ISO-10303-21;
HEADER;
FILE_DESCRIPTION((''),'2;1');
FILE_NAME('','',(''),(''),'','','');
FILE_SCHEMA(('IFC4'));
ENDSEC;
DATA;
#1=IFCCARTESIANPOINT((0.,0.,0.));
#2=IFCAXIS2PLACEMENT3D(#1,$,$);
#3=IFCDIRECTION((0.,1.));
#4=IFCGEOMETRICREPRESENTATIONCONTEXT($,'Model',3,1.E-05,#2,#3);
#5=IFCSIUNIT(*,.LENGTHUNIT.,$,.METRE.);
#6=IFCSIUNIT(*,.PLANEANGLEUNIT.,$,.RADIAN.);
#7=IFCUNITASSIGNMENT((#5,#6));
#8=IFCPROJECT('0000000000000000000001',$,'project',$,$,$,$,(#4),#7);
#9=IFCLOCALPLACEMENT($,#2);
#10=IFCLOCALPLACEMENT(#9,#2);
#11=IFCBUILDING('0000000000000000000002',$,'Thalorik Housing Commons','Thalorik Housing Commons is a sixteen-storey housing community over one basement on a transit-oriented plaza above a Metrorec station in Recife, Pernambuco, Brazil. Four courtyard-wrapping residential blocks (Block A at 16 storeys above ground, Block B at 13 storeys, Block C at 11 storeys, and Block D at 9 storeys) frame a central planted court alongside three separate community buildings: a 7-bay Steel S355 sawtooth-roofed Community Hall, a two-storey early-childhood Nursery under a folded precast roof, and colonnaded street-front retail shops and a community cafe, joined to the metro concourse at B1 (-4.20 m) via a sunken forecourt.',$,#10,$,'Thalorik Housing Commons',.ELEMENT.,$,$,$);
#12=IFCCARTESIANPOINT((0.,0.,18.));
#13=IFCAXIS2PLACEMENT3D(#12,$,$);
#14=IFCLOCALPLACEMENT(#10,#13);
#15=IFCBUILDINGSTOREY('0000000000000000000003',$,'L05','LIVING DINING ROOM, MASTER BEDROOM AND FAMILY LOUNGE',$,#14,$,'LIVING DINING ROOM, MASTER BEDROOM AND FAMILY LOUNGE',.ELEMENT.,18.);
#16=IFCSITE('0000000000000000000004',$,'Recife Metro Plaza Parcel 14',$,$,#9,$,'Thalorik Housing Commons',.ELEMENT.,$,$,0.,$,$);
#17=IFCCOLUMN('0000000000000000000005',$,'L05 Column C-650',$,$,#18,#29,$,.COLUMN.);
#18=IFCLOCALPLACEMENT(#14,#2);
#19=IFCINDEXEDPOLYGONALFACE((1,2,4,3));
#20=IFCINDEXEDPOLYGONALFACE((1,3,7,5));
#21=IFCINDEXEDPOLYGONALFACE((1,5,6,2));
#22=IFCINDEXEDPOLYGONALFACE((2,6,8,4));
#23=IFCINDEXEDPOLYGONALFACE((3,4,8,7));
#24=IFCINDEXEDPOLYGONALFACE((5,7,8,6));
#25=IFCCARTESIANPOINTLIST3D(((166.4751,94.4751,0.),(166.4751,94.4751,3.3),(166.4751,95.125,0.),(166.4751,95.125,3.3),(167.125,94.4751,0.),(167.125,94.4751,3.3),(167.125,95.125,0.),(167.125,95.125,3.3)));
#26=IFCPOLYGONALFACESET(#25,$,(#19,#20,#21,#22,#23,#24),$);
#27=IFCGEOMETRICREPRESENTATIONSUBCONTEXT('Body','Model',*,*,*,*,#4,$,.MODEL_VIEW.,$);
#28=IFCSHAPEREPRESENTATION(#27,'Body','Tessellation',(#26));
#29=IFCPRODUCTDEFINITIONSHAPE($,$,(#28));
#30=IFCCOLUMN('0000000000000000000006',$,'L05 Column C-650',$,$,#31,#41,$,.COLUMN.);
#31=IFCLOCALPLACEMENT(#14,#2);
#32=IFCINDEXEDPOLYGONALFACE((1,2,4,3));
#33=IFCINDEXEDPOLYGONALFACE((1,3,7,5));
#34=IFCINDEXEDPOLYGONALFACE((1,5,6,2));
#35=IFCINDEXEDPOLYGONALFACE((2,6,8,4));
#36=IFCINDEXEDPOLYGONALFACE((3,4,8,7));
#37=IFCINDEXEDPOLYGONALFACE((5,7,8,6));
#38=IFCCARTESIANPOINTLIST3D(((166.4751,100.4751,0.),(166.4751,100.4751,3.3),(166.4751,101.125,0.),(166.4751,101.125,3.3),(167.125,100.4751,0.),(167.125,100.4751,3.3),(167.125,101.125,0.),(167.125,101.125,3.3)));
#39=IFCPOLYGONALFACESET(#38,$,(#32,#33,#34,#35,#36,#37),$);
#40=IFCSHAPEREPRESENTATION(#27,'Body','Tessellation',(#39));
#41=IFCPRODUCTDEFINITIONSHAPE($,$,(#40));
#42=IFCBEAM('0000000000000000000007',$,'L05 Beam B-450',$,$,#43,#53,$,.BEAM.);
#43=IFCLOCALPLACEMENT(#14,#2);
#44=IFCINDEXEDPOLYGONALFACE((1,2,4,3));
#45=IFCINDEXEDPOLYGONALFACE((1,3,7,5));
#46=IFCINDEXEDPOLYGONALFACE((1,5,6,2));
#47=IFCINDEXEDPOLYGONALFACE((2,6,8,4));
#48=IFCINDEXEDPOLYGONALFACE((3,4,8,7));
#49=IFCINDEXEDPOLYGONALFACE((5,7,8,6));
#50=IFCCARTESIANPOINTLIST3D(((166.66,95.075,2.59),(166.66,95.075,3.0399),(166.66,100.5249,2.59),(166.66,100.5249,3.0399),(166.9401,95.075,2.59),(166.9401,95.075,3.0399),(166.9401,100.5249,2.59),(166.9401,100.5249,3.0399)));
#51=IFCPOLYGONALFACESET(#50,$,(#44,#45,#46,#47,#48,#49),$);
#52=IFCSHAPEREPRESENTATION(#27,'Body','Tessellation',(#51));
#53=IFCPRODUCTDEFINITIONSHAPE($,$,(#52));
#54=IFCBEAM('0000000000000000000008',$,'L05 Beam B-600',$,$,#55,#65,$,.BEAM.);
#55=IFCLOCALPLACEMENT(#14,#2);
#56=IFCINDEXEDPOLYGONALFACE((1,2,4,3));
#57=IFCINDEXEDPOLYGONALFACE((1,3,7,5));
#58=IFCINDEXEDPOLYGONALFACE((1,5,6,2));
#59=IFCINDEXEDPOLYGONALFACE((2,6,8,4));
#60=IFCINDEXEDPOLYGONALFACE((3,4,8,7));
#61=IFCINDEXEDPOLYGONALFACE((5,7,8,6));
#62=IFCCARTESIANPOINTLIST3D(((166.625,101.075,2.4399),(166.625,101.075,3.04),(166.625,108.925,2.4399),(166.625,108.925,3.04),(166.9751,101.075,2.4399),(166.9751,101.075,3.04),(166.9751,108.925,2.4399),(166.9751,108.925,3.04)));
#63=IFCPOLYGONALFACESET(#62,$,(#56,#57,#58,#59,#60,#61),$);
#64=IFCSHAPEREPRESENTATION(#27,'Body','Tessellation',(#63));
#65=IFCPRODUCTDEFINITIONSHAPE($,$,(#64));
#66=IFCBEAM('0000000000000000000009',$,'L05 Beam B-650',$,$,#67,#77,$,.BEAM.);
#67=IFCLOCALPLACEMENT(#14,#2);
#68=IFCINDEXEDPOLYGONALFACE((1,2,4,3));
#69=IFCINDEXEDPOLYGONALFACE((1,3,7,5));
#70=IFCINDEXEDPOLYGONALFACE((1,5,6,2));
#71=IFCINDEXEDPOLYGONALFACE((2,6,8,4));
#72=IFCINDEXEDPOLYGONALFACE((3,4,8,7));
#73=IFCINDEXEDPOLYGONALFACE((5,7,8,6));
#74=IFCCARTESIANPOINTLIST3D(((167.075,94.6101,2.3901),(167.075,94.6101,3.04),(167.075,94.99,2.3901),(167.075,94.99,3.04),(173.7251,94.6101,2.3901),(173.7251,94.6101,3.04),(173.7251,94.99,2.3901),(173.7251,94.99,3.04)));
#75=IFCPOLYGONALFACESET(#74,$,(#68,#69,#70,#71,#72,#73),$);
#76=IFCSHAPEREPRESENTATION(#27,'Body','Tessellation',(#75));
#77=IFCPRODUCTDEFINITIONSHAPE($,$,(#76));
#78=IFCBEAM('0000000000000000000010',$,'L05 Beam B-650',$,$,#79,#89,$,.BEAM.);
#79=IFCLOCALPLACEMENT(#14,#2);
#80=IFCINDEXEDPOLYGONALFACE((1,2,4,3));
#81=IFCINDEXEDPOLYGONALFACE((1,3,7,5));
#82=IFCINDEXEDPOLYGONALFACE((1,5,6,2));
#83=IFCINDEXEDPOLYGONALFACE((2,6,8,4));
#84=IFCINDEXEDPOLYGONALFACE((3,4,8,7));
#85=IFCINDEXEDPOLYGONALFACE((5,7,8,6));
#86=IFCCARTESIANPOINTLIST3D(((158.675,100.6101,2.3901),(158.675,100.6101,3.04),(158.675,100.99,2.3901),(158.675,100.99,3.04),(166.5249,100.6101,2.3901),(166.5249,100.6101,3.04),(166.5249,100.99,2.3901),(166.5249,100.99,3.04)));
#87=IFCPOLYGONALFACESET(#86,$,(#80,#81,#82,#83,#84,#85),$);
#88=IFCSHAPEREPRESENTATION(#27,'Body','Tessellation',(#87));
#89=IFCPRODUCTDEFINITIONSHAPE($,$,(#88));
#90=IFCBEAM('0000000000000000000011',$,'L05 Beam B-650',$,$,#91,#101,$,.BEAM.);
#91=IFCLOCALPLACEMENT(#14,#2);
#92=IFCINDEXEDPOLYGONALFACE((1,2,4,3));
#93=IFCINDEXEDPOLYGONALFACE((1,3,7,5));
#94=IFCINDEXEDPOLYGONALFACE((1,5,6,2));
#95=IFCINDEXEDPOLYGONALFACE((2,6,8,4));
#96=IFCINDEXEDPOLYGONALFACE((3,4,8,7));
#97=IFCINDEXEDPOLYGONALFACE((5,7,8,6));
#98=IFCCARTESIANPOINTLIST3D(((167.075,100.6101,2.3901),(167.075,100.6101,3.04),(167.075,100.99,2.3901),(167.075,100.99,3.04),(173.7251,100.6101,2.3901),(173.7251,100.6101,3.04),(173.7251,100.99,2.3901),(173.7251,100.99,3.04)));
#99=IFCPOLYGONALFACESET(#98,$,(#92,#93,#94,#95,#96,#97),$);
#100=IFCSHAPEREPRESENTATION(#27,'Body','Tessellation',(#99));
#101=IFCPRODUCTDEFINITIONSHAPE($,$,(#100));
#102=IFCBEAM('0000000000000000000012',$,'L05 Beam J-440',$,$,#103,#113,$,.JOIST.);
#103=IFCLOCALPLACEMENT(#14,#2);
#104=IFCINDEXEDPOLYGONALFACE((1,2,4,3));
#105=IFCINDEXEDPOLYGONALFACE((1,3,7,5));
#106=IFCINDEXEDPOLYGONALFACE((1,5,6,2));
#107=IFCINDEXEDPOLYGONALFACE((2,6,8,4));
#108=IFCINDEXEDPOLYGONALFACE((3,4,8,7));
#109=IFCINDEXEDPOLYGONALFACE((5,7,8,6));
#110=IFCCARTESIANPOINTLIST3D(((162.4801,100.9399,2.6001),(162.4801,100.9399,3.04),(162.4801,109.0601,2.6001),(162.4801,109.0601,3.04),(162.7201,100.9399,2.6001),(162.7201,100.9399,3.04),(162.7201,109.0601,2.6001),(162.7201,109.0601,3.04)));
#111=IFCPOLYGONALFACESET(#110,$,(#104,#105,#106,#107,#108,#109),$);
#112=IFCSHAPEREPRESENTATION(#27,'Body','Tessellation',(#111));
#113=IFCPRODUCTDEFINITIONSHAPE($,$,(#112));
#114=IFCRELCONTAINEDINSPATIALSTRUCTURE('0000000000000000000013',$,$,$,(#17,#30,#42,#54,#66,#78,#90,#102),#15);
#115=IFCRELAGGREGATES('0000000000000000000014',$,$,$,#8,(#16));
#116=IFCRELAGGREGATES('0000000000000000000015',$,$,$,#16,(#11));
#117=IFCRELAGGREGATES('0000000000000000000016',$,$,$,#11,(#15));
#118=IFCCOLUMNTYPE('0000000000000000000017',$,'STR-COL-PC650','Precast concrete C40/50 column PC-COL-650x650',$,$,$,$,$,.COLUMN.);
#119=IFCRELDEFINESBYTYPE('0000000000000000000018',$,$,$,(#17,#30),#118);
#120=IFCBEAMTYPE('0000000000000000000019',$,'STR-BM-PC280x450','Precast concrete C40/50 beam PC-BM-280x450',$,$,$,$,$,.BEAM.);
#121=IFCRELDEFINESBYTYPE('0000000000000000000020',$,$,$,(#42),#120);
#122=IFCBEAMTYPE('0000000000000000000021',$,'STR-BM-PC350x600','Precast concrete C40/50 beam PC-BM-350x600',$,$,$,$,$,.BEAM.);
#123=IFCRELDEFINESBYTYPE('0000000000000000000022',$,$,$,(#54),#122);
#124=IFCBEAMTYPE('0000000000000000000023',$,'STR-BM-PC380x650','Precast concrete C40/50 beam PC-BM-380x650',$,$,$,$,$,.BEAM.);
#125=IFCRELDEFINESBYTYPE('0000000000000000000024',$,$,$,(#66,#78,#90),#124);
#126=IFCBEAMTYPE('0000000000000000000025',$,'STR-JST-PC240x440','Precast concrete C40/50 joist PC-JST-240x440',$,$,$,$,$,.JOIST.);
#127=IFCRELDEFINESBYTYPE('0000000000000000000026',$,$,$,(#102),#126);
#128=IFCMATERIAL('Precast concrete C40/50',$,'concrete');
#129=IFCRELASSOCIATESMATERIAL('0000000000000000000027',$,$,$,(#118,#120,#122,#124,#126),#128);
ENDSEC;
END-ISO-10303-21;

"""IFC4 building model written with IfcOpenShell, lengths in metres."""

from ifc_helpers import new_model, si_unit, direction, frame, origin, origin_2d, place, context, subcontext, project, spatial, rectangle, extrude, material, material_profile, profile_set, type_object, element, save


model = new_model("IFC4")

# Units and contexts
model_context = context("Model", 3, precision=1e-05, world=origin(), true_north=direction((0.0, 1.0)))
body_context = subcontext(model_context, "Body", "Model", "MODEL_VIEW")
ifc_project = project(units=[si_unit("LENGTHUNIT", "METRE"), si_unit("PLANEANGLEUNIT", "RADIAN")], contexts=[model_context])

# Site, building, storey
site_placement = place(None, origin())
site = spatial("IfcSite", under=ifc_project, at=site_placement, Name="Recife Metro Plaza Parcel 14", LongName="Thalorik Housing Commons", CompositionType="ELEMENT", RefElevation=0.0)
building_placement = place(site_placement, origin())
building = spatial("IfcBuilding", under=site, at=building_placement, Name="Thalorik Housing Commons", Description="Thalorik Housing Commons is a sixteen-storey housing community over one basement on a transit-oriented plaza above a Metrorec station in Recife, Pernambuco, Brazil. Four courtyard-wrapping residential blocks (Block A at 16 storeys above ground, Block B at 13 storeys, Block C at 11 storeys, and Block D at 9 storeys) frame a central planted court alongside three separate community buildings: a 7-bay Steel S355 sawtooth-roofed Community Hall, a two-storey early-childhood Nursery under a folded precast roof, and colonnaded street-front retail shops and a community cafe, joined to the metro concourse at B1 (-4.20 m) via a sunken forecourt.", LongName="Thalorik Housing Commons", CompositionType="ELEMENT")
storey_placement = place(building_placement, frame((0.0, 0.0, 18.0)))
storey = spatial("IfcBuildingStorey", under=building, at=storey_placement, Name="L05", Description="LIVING DINING ROOM, MASTER BEDROOM AND FAMILY LOUNGE", LongName="LIVING DINING ROOM, MASTER BEDROOM AND FAMILY LOUNGE", CompositionType="ELEMENT", Elevation=18.0)

# Columns
ifc_material_1 = material(Name="Precast concrete C40/50", Category="concrete")
ifc_material_profile_1 = material_profile(ifc_material_1, rectangle(XDim=0.6499, YDim=0.6499, at=origin_2d()), Name="PC 650x650", Category="concrete")
ifc_profile_set_1 = profile_set([ifc_material_profile_1], Name="Precast concrete C40/50")
column_type = type_object("IfcColumnType", Name="STR-COL-PC650", Description="Precast concrete C40/50 column PC-COL-650x650", PredefinedType="COLUMN", material=ifc_profile_set_1)
for number, where, z_axis, x_axis, name in (
    (1, (166.8, 94.8, 0.0), (0.0, 0.0, 1.0), (1.0, 0.0, 0.0), "L05 Column C-650"),
    (2, (166.8, 100.8, 0.0), (0.0, 0.0, 1.0), (1.0, 0.0, 0.0), "L05 Column C-650"),
):
    element("IfcColumn", number, at=place(storey_placement, frame(where, z_axis=z_axis, x_axis=x_axis)), inside=storey, type_object=column_type, Name=name, PredefinedType="COLUMN", context=body_context, shape_type="SweptSolid", body=[
        extrude(rectangle(XDim=0.6499, YDim=0.6499, at=origin_2d()), origin(), (0.0, 0.0, 1.0), 3.3),
    ])

# Beams
ifc_material_profile_2 = material_profile(ifc_material_1, rectangle(XDim=0.28, YDim=0.45, at=origin_2d()), Name="PC 280x450", Category="concrete")
ifc_profile_set_2 = profile_set([ifc_material_profile_2], Name="Precast concrete C40/50")
beam_type_1 = type_object("IfcBeamType", Name="STR-BM-PC280x450", Description="Precast concrete C40/50 beam PC-BM-280x450", PredefinedType="BEAM", material=ifc_profile_set_2)
beam_1_placement = place(storey_placement, frame((166.8, 95.075, 2.8149), z_axis=(0.0, 1.0, 0.0), x_axis=(-1.0, 0.0, 0.0)))
element("IfcBeam", 3, at=beam_1_placement, inside=storey, type_object=beam_type_1, Name="L05 Beam B-450", PredefinedType="BEAM", context=body_context, shape_type="SweptSolid", body=[
    extrude(rectangle(XDim=0.28, YDim=0.45, at=origin_2d()), origin(), (0.0, 0.0, 1.0), 5.45),
])
ifc_material_profile_3 = material_profile(ifc_material_1, rectangle(XDim=0.3501, YDim=0.6001, at=origin_2d()), Name="PC 350x600", Category="concrete")
ifc_profile_set_3 = profile_set([ifc_material_profile_3], Name="Precast concrete C40/50")
beam_type_2 = type_object("IfcBeamType", Name="STR-BM-PC350x600", Description="Precast concrete C40/50 beam PC-BM-350x600", PredefinedType="BEAM", material=ifc_profile_set_3)
beam_2_placement = place(storey_placement, frame((166.8, 101.075, 2.74), z_axis=(0.0, 1.0, 0.0), x_axis=(-1.0, 0.0, 0.0)))
element("IfcBeam", 4, at=beam_2_placement, inside=storey, type_object=beam_type_2, Name="L05 Beam B-600", PredefinedType="BEAM", context=body_context, shape_type="SweptSolid", body=[
    extrude(rectangle(XDim=0.3501, YDim=0.6001, at=origin_2d()), origin(), (0.0, 0.0, 1.0), 7.8501),
])
ifc_material_profile_4 = material_profile(ifc_material_1, rectangle(XDim=0.3799, YDim=0.6499, at=origin_2d()), Name="PC 380x650", Category="concrete")
ifc_profile_set_4 = profile_set([ifc_material_profile_4], Name="Precast concrete C40/50")
beam_type_3 = type_object("IfcBeamType", Name="STR-BM-PC380x650", Description="Precast concrete C40/50 beam PC-BM-380x650", PredefinedType="BEAM", material=ifc_profile_set_4)
beam_3_placement = place(storey_placement, frame((167.075, 94.8, 2.7151), z_axis=(1.0, 0.0, 0.0), x_axis=(0.0, 1.0, 0.0)))
element("IfcBeam", 5, at=beam_3_placement, inside=storey, type_object=beam_type_3, Name="L05 Beam B-650", PredefinedType="BEAM", context=body_context, shape_type="SweptSolid", body=[
    extrude(rectangle(XDim=0.3799, YDim=0.6499, at=origin_2d()), origin(), (0.0, 0.0, 1.0), 6.6501),
])
beam_4_placement = place(storey_placement, frame((158.675, 100.8, 2.7151), z_axis=(1.0, 0.0, 0.0), x_axis=(0.0, 1.0, 0.0)))
element("IfcBeam", 6, at=beam_4_placement, inside=storey, type_object=beam_type_3, Name="L05 Beam B-650", PredefinedType="BEAM", context=body_context, shape_type="SweptSolid", body=[
    extrude(rectangle(XDim=0.3799, YDim=0.6499, at=origin_2d()), origin(), (0.0, 0.0, 1.0), 7.8499),
])
beam_5_placement = place(storey_placement, frame((167.075, 100.8, 2.7151), z_axis=(1.0, 0.0, 0.0), x_axis=(0.0, 1.0, 0.0)))
element("IfcBeam", 7, at=beam_5_placement, inside=storey, type_object=beam_type_3, Name="L05 Beam B-650", PredefinedType="BEAM", context=body_context, shape_type="SweptSolid", body=[
    extrude(rectangle(XDim=0.3799, YDim=0.6499, at=origin_2d()), origin(), (0.0, 0.0, 1.0), 6.6501),
])
ifc_material_profile_5 = material_profile(ifc_material_1, rectangle(XDim=0.24, YDim=0.4399, at=origin_2d()), Name="PC JST 240x440", Category="concrete")
ifc_profile_set_5 = profile_set([ifc_material_profile_5], Name="Precast concrete C40/50")
beam_type_4 = type_object("IfcBeamType", Name="STR-JST-PC240x440", Description="Precast concrete C40/50 joist PC-JST-240x440", PredefinedType="JOIST", material=ifc_profile_set_5)
beam_6_placement = place(storey_placement, frame((162.6001, 100.9399, 2.8201), z_axis=(0.0, 1.0, 0.0), x_axis=(-1.0, 0.0, 0.0)))
element("IfcBeam", 8, at=beam_6_placement, inside=storey, type_object=beam_type_4, Name="L05 Beam J-440", PredefinedType="JOIST", context=body_context, shape_type="SweptSolid", body=[
    extrude(rectangle(XDim=0.24, YDim=0.4399, at=origin_2d()), origin(), (0.0, 0.0, 1.0), 8.1201),
])

save(model, "model.ifc")
